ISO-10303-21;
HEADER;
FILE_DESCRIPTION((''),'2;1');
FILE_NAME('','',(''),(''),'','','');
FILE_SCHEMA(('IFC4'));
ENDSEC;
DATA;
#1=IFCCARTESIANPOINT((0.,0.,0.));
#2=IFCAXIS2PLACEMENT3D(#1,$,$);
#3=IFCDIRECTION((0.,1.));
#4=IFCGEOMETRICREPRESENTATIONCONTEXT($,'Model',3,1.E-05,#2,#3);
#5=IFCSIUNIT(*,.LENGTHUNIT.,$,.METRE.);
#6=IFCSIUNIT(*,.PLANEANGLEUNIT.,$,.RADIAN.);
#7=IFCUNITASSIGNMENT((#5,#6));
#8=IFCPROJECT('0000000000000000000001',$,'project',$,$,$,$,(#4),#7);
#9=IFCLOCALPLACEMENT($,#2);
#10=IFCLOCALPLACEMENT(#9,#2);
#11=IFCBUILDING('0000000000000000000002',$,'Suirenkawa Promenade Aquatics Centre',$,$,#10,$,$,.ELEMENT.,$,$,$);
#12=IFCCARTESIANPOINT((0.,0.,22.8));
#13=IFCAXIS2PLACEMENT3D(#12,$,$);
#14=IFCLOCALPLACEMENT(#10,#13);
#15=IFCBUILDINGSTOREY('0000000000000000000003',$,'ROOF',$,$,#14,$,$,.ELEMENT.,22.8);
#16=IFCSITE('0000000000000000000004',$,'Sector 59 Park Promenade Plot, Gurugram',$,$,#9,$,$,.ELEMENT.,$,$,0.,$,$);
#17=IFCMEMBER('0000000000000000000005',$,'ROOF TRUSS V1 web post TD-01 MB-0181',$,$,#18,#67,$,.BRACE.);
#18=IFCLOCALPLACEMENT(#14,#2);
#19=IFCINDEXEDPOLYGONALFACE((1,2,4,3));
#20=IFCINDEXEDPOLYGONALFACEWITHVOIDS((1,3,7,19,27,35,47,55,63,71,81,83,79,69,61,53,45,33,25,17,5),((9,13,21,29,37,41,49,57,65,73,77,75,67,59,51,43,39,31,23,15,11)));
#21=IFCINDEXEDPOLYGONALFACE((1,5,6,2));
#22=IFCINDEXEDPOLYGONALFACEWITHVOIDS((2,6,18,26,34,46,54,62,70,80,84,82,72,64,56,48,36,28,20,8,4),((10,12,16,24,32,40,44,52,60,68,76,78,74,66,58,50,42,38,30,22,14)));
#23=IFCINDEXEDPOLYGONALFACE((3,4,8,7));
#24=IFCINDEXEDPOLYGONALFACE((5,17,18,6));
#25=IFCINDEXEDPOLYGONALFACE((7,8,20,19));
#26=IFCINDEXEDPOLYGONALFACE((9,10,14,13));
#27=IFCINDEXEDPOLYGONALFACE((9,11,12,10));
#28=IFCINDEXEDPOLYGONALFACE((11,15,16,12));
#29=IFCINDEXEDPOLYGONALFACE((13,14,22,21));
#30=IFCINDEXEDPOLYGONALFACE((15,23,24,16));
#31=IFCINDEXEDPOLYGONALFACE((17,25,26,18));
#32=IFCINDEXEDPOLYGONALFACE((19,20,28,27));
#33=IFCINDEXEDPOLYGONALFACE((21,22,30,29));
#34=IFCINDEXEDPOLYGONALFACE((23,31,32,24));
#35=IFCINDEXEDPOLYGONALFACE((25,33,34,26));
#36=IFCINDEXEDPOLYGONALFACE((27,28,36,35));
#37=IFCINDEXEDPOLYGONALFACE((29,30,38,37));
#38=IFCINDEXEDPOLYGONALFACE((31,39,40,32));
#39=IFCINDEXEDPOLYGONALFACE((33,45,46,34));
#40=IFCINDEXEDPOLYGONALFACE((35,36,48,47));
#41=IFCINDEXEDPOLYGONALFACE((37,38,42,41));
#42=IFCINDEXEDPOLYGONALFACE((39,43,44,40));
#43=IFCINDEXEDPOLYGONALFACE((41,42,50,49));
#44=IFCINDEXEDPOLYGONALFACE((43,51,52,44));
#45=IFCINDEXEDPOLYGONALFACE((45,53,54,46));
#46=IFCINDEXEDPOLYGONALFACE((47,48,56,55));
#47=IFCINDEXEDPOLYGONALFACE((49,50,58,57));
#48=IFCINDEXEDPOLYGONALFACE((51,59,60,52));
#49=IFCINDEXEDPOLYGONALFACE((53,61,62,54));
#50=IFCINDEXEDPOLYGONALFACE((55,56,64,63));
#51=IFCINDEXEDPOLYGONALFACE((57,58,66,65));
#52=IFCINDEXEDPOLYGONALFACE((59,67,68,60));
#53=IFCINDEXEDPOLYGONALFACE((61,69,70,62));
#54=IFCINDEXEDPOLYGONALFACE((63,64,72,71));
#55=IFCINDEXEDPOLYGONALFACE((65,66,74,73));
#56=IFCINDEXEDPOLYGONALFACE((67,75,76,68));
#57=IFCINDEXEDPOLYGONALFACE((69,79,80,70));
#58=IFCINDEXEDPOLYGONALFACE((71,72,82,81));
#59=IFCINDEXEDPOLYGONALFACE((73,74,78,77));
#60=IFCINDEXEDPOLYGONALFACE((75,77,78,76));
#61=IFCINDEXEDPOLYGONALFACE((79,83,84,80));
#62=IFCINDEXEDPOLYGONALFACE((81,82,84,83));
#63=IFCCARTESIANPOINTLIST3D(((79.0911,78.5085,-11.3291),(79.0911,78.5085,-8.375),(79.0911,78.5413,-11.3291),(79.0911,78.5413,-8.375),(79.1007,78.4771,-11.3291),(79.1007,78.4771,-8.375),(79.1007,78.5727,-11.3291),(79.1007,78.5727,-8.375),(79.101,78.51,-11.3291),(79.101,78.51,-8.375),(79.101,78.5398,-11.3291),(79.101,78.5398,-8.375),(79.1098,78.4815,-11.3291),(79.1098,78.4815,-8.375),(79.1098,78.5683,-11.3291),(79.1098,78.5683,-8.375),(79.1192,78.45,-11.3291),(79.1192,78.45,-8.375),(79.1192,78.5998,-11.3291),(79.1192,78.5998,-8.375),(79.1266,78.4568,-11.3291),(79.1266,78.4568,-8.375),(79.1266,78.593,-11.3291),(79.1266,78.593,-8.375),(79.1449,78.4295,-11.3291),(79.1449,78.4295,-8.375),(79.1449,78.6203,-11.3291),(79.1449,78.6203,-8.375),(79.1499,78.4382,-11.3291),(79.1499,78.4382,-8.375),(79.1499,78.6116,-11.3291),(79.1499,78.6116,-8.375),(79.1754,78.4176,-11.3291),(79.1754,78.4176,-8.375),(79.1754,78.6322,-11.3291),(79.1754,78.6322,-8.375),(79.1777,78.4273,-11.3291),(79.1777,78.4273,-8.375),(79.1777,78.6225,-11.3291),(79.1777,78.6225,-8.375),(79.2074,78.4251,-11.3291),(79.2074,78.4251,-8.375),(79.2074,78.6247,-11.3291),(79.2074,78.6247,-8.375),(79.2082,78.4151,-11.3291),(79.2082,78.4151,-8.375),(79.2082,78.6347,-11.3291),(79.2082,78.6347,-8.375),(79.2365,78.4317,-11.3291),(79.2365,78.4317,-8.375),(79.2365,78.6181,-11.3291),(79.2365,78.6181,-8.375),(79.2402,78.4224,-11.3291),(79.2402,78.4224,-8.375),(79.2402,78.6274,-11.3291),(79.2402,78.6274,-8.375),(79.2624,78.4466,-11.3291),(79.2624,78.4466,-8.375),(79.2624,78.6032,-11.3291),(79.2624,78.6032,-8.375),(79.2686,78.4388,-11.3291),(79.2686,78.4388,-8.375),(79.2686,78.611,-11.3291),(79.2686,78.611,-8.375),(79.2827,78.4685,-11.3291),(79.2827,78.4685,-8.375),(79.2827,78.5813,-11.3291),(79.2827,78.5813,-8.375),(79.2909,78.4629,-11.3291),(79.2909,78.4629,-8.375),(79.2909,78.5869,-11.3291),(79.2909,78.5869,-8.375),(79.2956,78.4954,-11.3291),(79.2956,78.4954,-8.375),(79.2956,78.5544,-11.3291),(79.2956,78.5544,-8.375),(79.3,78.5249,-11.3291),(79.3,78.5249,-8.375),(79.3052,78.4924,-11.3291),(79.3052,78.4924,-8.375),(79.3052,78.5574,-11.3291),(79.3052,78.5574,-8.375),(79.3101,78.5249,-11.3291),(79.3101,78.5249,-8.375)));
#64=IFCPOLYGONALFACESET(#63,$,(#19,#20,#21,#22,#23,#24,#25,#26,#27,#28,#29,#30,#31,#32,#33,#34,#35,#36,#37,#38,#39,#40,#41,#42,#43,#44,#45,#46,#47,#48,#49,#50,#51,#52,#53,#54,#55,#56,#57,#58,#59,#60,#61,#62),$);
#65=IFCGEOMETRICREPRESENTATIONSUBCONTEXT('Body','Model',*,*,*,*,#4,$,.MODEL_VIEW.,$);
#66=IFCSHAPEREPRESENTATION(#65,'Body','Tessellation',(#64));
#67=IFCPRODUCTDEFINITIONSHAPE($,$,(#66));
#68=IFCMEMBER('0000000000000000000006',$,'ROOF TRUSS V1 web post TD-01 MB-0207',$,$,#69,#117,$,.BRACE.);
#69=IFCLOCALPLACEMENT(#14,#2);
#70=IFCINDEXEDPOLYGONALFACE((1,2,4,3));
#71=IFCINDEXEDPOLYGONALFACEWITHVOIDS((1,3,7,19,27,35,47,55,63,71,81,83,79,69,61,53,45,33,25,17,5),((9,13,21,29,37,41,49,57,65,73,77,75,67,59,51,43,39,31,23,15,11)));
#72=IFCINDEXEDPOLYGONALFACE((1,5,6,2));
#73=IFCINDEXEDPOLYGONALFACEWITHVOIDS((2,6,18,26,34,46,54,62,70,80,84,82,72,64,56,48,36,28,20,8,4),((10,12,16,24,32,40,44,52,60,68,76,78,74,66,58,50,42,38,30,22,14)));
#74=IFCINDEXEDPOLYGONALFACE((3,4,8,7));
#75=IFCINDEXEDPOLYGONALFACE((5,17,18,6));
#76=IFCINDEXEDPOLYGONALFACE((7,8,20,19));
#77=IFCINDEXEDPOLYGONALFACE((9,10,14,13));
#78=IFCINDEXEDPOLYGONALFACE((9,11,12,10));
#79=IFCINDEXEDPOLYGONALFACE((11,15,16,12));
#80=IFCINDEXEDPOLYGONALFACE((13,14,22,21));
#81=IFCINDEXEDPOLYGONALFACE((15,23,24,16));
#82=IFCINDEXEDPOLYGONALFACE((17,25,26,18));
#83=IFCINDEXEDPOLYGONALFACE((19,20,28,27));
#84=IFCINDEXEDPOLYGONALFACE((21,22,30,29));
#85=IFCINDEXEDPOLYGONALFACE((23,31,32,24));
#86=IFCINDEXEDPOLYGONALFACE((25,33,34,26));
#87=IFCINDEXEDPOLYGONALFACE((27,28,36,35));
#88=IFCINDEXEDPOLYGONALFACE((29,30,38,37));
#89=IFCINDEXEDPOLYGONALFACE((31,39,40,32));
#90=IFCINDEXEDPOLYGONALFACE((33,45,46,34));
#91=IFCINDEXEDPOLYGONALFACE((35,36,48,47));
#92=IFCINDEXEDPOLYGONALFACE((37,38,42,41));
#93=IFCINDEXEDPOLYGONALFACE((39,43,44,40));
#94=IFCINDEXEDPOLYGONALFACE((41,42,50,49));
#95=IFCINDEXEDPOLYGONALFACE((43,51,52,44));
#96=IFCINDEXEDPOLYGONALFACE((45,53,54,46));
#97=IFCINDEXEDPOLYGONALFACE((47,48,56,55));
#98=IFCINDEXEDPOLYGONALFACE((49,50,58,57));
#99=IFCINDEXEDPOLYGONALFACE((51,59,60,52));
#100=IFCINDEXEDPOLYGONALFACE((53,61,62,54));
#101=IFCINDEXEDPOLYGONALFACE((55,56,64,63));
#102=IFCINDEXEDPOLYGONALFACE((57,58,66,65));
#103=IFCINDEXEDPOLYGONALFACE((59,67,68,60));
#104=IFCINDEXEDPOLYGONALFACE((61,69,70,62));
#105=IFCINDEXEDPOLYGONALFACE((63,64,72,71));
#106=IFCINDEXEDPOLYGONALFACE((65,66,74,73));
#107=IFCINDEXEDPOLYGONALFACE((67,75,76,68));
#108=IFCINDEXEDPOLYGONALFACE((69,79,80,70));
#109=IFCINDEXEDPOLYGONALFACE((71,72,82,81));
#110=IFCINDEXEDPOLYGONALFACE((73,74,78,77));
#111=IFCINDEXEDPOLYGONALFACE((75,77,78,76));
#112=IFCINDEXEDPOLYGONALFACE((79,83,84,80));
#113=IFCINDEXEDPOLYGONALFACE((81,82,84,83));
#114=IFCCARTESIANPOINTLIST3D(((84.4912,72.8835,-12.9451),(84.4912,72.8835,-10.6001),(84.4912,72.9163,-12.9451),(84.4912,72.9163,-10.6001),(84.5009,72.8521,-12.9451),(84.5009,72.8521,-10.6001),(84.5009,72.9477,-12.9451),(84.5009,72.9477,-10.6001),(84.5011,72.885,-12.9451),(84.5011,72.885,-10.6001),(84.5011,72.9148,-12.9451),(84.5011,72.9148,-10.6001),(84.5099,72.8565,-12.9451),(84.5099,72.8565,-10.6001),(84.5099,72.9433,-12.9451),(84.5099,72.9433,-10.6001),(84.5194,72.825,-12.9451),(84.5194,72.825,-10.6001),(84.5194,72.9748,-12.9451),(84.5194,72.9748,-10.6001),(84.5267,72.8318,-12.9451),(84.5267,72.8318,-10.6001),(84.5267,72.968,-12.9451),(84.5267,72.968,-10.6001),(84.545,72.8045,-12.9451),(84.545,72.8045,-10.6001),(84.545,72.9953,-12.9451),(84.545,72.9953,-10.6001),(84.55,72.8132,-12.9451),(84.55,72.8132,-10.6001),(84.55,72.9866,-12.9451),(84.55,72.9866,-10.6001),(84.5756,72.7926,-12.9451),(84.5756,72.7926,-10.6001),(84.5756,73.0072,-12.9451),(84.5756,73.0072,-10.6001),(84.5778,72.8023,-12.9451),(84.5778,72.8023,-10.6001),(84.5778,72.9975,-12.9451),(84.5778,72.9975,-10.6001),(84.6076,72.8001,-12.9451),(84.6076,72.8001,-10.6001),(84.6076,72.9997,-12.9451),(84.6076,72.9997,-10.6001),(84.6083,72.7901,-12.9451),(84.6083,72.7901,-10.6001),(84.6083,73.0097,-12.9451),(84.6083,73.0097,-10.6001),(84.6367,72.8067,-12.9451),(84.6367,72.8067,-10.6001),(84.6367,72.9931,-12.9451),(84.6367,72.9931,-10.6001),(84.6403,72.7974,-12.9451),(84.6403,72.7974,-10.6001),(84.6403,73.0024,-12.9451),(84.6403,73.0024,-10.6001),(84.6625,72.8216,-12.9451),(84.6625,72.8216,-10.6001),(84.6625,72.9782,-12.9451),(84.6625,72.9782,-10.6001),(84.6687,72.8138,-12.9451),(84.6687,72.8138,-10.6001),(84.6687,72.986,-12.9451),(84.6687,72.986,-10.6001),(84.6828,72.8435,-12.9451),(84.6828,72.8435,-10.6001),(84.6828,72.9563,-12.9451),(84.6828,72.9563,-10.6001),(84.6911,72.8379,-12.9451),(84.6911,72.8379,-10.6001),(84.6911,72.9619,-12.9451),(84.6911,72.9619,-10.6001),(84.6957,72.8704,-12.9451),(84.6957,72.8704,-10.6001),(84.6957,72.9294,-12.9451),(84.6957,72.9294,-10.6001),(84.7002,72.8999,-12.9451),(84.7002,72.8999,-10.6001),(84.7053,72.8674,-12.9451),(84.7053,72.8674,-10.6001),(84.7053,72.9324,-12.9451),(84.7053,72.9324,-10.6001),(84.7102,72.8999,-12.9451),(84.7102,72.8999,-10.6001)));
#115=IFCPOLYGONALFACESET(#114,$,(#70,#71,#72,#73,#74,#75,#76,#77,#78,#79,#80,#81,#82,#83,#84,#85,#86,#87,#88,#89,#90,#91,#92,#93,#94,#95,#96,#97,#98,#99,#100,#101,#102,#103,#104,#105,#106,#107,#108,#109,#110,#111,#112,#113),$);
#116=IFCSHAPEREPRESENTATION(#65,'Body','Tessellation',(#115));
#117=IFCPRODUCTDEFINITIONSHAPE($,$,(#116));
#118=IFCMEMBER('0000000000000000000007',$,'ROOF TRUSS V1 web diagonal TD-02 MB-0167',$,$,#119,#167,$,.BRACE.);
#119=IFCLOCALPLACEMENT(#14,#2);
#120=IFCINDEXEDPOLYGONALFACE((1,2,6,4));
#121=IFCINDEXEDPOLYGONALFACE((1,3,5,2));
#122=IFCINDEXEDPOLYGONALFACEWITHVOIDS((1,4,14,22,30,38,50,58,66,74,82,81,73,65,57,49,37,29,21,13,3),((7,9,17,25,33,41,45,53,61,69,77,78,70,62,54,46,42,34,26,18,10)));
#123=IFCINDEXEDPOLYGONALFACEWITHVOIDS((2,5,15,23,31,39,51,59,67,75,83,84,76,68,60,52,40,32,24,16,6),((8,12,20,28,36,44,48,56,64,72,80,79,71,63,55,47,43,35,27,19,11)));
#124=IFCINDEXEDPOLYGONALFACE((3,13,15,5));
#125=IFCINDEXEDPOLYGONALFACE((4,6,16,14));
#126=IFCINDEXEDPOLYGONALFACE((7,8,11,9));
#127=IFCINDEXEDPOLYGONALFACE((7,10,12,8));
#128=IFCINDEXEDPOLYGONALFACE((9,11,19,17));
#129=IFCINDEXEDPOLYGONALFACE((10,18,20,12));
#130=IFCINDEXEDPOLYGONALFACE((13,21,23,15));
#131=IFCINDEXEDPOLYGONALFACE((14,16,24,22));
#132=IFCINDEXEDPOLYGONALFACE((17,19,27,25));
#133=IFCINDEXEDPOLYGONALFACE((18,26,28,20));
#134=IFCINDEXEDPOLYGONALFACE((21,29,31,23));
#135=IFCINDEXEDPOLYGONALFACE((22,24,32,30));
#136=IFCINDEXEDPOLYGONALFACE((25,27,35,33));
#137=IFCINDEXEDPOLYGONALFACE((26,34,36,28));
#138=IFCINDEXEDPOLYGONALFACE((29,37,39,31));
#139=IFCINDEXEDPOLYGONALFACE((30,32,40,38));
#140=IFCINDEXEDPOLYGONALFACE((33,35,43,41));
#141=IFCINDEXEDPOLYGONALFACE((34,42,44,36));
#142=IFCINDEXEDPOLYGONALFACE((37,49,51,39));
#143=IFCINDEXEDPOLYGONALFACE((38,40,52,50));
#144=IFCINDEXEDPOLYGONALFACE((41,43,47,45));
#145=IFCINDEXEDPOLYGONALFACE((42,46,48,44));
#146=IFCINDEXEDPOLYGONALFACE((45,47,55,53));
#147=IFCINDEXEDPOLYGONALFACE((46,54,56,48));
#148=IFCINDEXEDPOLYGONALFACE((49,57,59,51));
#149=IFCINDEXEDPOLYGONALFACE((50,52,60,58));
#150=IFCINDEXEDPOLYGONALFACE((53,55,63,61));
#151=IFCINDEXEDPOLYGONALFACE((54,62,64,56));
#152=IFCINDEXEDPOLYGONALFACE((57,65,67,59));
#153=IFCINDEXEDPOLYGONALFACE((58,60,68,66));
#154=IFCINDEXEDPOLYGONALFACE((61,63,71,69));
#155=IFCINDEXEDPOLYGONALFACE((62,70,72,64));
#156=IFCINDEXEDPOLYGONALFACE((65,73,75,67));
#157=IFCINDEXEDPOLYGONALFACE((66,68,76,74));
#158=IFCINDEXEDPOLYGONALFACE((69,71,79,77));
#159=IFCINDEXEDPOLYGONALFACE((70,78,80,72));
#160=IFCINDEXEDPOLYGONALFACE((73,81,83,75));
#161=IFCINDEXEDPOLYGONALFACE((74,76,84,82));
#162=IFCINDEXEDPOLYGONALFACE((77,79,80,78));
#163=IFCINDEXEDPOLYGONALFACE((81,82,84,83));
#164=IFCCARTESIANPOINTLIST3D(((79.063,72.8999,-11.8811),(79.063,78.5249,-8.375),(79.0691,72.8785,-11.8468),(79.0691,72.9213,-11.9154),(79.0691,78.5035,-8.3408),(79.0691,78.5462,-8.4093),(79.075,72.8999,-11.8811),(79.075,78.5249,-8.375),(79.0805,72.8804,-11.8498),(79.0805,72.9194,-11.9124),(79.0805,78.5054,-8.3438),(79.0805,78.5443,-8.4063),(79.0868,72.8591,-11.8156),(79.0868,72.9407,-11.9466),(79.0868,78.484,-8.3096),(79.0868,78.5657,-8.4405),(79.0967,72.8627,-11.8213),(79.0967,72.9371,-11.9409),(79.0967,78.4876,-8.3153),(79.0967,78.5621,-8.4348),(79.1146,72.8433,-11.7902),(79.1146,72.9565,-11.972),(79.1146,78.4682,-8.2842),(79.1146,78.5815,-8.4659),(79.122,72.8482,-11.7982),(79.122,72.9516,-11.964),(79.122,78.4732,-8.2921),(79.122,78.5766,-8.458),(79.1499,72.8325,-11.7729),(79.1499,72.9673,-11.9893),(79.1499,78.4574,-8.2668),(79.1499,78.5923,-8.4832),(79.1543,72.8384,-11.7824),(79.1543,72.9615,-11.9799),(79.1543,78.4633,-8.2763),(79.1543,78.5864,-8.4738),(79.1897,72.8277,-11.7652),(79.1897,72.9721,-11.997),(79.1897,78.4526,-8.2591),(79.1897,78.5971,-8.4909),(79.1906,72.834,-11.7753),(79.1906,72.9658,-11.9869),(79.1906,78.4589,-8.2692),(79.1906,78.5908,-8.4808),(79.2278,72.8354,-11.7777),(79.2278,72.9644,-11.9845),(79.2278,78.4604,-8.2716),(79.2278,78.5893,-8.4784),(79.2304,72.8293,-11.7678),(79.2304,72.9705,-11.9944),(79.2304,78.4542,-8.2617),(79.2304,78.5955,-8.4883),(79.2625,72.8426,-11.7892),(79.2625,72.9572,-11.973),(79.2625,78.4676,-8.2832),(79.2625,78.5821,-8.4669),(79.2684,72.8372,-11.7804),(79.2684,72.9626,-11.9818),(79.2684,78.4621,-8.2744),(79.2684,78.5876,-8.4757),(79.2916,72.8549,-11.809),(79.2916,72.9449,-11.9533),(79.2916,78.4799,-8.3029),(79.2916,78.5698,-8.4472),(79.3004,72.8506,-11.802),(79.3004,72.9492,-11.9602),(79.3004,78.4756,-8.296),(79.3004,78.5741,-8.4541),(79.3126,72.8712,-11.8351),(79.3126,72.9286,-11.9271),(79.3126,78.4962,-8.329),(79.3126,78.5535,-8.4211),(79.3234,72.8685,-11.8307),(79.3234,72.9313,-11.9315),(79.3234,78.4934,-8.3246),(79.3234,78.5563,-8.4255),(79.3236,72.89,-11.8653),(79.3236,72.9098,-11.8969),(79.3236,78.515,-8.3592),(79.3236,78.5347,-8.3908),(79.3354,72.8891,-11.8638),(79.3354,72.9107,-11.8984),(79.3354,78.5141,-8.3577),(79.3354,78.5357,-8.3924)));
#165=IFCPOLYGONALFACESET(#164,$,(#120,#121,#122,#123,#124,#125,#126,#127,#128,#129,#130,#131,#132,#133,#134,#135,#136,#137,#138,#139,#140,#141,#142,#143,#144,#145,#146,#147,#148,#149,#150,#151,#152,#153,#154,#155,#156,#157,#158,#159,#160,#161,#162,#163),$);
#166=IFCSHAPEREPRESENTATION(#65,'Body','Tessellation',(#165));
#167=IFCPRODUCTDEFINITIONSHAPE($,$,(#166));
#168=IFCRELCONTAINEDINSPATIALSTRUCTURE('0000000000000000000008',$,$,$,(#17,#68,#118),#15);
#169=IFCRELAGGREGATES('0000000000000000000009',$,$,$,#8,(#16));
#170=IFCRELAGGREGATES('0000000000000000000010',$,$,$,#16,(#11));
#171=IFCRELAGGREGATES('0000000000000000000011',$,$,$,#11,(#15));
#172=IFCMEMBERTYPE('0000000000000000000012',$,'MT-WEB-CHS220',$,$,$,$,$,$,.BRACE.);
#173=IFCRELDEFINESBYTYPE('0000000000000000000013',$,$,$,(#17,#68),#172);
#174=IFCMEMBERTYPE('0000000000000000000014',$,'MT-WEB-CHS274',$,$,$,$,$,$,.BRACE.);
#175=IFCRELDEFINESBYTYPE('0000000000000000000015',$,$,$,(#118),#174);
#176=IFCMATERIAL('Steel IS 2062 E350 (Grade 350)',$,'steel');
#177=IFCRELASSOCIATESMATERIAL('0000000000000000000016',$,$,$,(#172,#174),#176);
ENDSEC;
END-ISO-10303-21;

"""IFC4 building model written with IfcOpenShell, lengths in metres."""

from ifc_helpers import new_model, si_unit, direction, frame, origin, origin_2d, place, context, subcontext, project, spatial, hollow_circle, extrude, material, material_profile, profile_set, type_object, element, save


model = new_model("IFC4")

# Units and contexts
model_context = context("Model", 3, precision=1e-05, world=origin(), true_north=direction((0.0, 1.0)))
body_context = subcontext(model_context, "Body", "Model", "MODEL_VIEW")
ifc_project = project(units=[si_unit("LENGTHUNIT", "METRE"), si_unit("PLANEANGLEUNIT", "RADIAN")], contexts=[model_context])

# Site, building, storey
site_placement = place(None, origin())
site = spatial("IfcSite", under=ifc_project, at=site_placement, Name="Sector 59 Park Promenade Plot, Gurugram", CompositionType="ELEMENT", RefElevation=0.0)
building_placement = place(site_placement, origin())
building = spatial("IfcBuilding", under=site, at=building_placement, Name="Suirenkawa Promenade Aquatics Centre", CompositionType="ELEMENT")
storey_placement = place(building_placement, frame((0.0, 0.0, 22.8)))
storey = spatial("IfcBuildingStorey", under=building, at=storey_placement, Name="ROOF", CompositionType="ELEMENT", Elevation=22.8)

# Shared definitions
ifc_material = material(Name="Steel IS 2062 E350 (Grade 350)", Category="steel")

# Members
ifc_material_profile_1 = material_profile(ifc_material, hollow_circle(Radius=0.1101, WallThickness=0.01, at=origin_2d()), Name="CHS 220x10", Category="steel")
ifc_profile_set_1 = profile_set([ifc_material_profile_1], Name="Steel IS 2062 E350 (Grade 350)")
member_type_1 = type_object("IfcMemberType", Name="MT-WEB-CHS220", PredefinedType="BRACE", material=ifc_profile_set_1)
member_1_placement = place(storey_placement, frame((79.2, 78.5249, -11.3291), z_axis=(0.0, 0.0, 1.0), x_axis=(1.0, 0.0, 0.0)))
element("IfcMember", 1, at=member_1_placement, inside=storey, type_object=member_type_1, Name="ROOF TRUSS V1 web post TD-01 MB-0181", PredefinedType="BRACE", context=body_context, shape_type="SweptSolid", body=[
    extrude(hollow_circle(Radius=0.1101, WallThickness=0.01, at=origin_2d()), origin(), (0.0, 0.0, 1.0), 2.9541),
])
member_2_placement = place(storey_placement, frame((84.6001, 72.8999, -12.9451), z_axis=(0.0, 0.0, 1.0), x_axis=(1.0, 0.0, 0.0)))
element("IfcMember", 2, at=member_2_placement, inside=storey, type_object=member_type_1, Name="ROOF TRUSS V1 web post TD-01 MB-0207", PredefinedType="BRACE", context=body_context, shape_type="SweptSolid", body=[
    extrude(hollow_circle(Radius=0.1101, WallThickness=0.01, at=origin_2d()), origin(), (0.0, 0.0, 1.0), 2.345),
])
ifc_material_profile_2 = material_profile(ifc_material, hollow_circle(Radius=0.137, WallThickness=0.012, at=origin_2d()), Name="CHS 274x12", Category="steel")
ifc_profile_set_2 = profile_set([ifc_material_profile_2], Name="Steel IS 2062 E350 (Grade 350)")
member_type_2 = type_object("IfcMemberType", Name="MT-WEB-CHS274", PredefinedType="BRACE", material=ifc_profile_set_2)
member_3_placement = place(storey_placement, frame((79.2, 72.8999, -11.8811), z_axis=(0.0, 0.848643, 0.528966), x_axis=(-1.0, 0.0, 0.0)))
element("IfcMember", 3, at=member_3_placement, inside=storey, type_object=member_type_2, Name="ROOF TRUSS V1 web diagonal TD-02 MB-0167", PredefinedType="BRACE", context=body_context, shape_type="SweptSolid", body=[
    extrude(hollow_circle(Radius=0.137, WallThickness=0.012, at=origin_2d()), origin(), (0.0, 0.0, 1.0), 6.6282),
])

save(model, "model.ifc")
